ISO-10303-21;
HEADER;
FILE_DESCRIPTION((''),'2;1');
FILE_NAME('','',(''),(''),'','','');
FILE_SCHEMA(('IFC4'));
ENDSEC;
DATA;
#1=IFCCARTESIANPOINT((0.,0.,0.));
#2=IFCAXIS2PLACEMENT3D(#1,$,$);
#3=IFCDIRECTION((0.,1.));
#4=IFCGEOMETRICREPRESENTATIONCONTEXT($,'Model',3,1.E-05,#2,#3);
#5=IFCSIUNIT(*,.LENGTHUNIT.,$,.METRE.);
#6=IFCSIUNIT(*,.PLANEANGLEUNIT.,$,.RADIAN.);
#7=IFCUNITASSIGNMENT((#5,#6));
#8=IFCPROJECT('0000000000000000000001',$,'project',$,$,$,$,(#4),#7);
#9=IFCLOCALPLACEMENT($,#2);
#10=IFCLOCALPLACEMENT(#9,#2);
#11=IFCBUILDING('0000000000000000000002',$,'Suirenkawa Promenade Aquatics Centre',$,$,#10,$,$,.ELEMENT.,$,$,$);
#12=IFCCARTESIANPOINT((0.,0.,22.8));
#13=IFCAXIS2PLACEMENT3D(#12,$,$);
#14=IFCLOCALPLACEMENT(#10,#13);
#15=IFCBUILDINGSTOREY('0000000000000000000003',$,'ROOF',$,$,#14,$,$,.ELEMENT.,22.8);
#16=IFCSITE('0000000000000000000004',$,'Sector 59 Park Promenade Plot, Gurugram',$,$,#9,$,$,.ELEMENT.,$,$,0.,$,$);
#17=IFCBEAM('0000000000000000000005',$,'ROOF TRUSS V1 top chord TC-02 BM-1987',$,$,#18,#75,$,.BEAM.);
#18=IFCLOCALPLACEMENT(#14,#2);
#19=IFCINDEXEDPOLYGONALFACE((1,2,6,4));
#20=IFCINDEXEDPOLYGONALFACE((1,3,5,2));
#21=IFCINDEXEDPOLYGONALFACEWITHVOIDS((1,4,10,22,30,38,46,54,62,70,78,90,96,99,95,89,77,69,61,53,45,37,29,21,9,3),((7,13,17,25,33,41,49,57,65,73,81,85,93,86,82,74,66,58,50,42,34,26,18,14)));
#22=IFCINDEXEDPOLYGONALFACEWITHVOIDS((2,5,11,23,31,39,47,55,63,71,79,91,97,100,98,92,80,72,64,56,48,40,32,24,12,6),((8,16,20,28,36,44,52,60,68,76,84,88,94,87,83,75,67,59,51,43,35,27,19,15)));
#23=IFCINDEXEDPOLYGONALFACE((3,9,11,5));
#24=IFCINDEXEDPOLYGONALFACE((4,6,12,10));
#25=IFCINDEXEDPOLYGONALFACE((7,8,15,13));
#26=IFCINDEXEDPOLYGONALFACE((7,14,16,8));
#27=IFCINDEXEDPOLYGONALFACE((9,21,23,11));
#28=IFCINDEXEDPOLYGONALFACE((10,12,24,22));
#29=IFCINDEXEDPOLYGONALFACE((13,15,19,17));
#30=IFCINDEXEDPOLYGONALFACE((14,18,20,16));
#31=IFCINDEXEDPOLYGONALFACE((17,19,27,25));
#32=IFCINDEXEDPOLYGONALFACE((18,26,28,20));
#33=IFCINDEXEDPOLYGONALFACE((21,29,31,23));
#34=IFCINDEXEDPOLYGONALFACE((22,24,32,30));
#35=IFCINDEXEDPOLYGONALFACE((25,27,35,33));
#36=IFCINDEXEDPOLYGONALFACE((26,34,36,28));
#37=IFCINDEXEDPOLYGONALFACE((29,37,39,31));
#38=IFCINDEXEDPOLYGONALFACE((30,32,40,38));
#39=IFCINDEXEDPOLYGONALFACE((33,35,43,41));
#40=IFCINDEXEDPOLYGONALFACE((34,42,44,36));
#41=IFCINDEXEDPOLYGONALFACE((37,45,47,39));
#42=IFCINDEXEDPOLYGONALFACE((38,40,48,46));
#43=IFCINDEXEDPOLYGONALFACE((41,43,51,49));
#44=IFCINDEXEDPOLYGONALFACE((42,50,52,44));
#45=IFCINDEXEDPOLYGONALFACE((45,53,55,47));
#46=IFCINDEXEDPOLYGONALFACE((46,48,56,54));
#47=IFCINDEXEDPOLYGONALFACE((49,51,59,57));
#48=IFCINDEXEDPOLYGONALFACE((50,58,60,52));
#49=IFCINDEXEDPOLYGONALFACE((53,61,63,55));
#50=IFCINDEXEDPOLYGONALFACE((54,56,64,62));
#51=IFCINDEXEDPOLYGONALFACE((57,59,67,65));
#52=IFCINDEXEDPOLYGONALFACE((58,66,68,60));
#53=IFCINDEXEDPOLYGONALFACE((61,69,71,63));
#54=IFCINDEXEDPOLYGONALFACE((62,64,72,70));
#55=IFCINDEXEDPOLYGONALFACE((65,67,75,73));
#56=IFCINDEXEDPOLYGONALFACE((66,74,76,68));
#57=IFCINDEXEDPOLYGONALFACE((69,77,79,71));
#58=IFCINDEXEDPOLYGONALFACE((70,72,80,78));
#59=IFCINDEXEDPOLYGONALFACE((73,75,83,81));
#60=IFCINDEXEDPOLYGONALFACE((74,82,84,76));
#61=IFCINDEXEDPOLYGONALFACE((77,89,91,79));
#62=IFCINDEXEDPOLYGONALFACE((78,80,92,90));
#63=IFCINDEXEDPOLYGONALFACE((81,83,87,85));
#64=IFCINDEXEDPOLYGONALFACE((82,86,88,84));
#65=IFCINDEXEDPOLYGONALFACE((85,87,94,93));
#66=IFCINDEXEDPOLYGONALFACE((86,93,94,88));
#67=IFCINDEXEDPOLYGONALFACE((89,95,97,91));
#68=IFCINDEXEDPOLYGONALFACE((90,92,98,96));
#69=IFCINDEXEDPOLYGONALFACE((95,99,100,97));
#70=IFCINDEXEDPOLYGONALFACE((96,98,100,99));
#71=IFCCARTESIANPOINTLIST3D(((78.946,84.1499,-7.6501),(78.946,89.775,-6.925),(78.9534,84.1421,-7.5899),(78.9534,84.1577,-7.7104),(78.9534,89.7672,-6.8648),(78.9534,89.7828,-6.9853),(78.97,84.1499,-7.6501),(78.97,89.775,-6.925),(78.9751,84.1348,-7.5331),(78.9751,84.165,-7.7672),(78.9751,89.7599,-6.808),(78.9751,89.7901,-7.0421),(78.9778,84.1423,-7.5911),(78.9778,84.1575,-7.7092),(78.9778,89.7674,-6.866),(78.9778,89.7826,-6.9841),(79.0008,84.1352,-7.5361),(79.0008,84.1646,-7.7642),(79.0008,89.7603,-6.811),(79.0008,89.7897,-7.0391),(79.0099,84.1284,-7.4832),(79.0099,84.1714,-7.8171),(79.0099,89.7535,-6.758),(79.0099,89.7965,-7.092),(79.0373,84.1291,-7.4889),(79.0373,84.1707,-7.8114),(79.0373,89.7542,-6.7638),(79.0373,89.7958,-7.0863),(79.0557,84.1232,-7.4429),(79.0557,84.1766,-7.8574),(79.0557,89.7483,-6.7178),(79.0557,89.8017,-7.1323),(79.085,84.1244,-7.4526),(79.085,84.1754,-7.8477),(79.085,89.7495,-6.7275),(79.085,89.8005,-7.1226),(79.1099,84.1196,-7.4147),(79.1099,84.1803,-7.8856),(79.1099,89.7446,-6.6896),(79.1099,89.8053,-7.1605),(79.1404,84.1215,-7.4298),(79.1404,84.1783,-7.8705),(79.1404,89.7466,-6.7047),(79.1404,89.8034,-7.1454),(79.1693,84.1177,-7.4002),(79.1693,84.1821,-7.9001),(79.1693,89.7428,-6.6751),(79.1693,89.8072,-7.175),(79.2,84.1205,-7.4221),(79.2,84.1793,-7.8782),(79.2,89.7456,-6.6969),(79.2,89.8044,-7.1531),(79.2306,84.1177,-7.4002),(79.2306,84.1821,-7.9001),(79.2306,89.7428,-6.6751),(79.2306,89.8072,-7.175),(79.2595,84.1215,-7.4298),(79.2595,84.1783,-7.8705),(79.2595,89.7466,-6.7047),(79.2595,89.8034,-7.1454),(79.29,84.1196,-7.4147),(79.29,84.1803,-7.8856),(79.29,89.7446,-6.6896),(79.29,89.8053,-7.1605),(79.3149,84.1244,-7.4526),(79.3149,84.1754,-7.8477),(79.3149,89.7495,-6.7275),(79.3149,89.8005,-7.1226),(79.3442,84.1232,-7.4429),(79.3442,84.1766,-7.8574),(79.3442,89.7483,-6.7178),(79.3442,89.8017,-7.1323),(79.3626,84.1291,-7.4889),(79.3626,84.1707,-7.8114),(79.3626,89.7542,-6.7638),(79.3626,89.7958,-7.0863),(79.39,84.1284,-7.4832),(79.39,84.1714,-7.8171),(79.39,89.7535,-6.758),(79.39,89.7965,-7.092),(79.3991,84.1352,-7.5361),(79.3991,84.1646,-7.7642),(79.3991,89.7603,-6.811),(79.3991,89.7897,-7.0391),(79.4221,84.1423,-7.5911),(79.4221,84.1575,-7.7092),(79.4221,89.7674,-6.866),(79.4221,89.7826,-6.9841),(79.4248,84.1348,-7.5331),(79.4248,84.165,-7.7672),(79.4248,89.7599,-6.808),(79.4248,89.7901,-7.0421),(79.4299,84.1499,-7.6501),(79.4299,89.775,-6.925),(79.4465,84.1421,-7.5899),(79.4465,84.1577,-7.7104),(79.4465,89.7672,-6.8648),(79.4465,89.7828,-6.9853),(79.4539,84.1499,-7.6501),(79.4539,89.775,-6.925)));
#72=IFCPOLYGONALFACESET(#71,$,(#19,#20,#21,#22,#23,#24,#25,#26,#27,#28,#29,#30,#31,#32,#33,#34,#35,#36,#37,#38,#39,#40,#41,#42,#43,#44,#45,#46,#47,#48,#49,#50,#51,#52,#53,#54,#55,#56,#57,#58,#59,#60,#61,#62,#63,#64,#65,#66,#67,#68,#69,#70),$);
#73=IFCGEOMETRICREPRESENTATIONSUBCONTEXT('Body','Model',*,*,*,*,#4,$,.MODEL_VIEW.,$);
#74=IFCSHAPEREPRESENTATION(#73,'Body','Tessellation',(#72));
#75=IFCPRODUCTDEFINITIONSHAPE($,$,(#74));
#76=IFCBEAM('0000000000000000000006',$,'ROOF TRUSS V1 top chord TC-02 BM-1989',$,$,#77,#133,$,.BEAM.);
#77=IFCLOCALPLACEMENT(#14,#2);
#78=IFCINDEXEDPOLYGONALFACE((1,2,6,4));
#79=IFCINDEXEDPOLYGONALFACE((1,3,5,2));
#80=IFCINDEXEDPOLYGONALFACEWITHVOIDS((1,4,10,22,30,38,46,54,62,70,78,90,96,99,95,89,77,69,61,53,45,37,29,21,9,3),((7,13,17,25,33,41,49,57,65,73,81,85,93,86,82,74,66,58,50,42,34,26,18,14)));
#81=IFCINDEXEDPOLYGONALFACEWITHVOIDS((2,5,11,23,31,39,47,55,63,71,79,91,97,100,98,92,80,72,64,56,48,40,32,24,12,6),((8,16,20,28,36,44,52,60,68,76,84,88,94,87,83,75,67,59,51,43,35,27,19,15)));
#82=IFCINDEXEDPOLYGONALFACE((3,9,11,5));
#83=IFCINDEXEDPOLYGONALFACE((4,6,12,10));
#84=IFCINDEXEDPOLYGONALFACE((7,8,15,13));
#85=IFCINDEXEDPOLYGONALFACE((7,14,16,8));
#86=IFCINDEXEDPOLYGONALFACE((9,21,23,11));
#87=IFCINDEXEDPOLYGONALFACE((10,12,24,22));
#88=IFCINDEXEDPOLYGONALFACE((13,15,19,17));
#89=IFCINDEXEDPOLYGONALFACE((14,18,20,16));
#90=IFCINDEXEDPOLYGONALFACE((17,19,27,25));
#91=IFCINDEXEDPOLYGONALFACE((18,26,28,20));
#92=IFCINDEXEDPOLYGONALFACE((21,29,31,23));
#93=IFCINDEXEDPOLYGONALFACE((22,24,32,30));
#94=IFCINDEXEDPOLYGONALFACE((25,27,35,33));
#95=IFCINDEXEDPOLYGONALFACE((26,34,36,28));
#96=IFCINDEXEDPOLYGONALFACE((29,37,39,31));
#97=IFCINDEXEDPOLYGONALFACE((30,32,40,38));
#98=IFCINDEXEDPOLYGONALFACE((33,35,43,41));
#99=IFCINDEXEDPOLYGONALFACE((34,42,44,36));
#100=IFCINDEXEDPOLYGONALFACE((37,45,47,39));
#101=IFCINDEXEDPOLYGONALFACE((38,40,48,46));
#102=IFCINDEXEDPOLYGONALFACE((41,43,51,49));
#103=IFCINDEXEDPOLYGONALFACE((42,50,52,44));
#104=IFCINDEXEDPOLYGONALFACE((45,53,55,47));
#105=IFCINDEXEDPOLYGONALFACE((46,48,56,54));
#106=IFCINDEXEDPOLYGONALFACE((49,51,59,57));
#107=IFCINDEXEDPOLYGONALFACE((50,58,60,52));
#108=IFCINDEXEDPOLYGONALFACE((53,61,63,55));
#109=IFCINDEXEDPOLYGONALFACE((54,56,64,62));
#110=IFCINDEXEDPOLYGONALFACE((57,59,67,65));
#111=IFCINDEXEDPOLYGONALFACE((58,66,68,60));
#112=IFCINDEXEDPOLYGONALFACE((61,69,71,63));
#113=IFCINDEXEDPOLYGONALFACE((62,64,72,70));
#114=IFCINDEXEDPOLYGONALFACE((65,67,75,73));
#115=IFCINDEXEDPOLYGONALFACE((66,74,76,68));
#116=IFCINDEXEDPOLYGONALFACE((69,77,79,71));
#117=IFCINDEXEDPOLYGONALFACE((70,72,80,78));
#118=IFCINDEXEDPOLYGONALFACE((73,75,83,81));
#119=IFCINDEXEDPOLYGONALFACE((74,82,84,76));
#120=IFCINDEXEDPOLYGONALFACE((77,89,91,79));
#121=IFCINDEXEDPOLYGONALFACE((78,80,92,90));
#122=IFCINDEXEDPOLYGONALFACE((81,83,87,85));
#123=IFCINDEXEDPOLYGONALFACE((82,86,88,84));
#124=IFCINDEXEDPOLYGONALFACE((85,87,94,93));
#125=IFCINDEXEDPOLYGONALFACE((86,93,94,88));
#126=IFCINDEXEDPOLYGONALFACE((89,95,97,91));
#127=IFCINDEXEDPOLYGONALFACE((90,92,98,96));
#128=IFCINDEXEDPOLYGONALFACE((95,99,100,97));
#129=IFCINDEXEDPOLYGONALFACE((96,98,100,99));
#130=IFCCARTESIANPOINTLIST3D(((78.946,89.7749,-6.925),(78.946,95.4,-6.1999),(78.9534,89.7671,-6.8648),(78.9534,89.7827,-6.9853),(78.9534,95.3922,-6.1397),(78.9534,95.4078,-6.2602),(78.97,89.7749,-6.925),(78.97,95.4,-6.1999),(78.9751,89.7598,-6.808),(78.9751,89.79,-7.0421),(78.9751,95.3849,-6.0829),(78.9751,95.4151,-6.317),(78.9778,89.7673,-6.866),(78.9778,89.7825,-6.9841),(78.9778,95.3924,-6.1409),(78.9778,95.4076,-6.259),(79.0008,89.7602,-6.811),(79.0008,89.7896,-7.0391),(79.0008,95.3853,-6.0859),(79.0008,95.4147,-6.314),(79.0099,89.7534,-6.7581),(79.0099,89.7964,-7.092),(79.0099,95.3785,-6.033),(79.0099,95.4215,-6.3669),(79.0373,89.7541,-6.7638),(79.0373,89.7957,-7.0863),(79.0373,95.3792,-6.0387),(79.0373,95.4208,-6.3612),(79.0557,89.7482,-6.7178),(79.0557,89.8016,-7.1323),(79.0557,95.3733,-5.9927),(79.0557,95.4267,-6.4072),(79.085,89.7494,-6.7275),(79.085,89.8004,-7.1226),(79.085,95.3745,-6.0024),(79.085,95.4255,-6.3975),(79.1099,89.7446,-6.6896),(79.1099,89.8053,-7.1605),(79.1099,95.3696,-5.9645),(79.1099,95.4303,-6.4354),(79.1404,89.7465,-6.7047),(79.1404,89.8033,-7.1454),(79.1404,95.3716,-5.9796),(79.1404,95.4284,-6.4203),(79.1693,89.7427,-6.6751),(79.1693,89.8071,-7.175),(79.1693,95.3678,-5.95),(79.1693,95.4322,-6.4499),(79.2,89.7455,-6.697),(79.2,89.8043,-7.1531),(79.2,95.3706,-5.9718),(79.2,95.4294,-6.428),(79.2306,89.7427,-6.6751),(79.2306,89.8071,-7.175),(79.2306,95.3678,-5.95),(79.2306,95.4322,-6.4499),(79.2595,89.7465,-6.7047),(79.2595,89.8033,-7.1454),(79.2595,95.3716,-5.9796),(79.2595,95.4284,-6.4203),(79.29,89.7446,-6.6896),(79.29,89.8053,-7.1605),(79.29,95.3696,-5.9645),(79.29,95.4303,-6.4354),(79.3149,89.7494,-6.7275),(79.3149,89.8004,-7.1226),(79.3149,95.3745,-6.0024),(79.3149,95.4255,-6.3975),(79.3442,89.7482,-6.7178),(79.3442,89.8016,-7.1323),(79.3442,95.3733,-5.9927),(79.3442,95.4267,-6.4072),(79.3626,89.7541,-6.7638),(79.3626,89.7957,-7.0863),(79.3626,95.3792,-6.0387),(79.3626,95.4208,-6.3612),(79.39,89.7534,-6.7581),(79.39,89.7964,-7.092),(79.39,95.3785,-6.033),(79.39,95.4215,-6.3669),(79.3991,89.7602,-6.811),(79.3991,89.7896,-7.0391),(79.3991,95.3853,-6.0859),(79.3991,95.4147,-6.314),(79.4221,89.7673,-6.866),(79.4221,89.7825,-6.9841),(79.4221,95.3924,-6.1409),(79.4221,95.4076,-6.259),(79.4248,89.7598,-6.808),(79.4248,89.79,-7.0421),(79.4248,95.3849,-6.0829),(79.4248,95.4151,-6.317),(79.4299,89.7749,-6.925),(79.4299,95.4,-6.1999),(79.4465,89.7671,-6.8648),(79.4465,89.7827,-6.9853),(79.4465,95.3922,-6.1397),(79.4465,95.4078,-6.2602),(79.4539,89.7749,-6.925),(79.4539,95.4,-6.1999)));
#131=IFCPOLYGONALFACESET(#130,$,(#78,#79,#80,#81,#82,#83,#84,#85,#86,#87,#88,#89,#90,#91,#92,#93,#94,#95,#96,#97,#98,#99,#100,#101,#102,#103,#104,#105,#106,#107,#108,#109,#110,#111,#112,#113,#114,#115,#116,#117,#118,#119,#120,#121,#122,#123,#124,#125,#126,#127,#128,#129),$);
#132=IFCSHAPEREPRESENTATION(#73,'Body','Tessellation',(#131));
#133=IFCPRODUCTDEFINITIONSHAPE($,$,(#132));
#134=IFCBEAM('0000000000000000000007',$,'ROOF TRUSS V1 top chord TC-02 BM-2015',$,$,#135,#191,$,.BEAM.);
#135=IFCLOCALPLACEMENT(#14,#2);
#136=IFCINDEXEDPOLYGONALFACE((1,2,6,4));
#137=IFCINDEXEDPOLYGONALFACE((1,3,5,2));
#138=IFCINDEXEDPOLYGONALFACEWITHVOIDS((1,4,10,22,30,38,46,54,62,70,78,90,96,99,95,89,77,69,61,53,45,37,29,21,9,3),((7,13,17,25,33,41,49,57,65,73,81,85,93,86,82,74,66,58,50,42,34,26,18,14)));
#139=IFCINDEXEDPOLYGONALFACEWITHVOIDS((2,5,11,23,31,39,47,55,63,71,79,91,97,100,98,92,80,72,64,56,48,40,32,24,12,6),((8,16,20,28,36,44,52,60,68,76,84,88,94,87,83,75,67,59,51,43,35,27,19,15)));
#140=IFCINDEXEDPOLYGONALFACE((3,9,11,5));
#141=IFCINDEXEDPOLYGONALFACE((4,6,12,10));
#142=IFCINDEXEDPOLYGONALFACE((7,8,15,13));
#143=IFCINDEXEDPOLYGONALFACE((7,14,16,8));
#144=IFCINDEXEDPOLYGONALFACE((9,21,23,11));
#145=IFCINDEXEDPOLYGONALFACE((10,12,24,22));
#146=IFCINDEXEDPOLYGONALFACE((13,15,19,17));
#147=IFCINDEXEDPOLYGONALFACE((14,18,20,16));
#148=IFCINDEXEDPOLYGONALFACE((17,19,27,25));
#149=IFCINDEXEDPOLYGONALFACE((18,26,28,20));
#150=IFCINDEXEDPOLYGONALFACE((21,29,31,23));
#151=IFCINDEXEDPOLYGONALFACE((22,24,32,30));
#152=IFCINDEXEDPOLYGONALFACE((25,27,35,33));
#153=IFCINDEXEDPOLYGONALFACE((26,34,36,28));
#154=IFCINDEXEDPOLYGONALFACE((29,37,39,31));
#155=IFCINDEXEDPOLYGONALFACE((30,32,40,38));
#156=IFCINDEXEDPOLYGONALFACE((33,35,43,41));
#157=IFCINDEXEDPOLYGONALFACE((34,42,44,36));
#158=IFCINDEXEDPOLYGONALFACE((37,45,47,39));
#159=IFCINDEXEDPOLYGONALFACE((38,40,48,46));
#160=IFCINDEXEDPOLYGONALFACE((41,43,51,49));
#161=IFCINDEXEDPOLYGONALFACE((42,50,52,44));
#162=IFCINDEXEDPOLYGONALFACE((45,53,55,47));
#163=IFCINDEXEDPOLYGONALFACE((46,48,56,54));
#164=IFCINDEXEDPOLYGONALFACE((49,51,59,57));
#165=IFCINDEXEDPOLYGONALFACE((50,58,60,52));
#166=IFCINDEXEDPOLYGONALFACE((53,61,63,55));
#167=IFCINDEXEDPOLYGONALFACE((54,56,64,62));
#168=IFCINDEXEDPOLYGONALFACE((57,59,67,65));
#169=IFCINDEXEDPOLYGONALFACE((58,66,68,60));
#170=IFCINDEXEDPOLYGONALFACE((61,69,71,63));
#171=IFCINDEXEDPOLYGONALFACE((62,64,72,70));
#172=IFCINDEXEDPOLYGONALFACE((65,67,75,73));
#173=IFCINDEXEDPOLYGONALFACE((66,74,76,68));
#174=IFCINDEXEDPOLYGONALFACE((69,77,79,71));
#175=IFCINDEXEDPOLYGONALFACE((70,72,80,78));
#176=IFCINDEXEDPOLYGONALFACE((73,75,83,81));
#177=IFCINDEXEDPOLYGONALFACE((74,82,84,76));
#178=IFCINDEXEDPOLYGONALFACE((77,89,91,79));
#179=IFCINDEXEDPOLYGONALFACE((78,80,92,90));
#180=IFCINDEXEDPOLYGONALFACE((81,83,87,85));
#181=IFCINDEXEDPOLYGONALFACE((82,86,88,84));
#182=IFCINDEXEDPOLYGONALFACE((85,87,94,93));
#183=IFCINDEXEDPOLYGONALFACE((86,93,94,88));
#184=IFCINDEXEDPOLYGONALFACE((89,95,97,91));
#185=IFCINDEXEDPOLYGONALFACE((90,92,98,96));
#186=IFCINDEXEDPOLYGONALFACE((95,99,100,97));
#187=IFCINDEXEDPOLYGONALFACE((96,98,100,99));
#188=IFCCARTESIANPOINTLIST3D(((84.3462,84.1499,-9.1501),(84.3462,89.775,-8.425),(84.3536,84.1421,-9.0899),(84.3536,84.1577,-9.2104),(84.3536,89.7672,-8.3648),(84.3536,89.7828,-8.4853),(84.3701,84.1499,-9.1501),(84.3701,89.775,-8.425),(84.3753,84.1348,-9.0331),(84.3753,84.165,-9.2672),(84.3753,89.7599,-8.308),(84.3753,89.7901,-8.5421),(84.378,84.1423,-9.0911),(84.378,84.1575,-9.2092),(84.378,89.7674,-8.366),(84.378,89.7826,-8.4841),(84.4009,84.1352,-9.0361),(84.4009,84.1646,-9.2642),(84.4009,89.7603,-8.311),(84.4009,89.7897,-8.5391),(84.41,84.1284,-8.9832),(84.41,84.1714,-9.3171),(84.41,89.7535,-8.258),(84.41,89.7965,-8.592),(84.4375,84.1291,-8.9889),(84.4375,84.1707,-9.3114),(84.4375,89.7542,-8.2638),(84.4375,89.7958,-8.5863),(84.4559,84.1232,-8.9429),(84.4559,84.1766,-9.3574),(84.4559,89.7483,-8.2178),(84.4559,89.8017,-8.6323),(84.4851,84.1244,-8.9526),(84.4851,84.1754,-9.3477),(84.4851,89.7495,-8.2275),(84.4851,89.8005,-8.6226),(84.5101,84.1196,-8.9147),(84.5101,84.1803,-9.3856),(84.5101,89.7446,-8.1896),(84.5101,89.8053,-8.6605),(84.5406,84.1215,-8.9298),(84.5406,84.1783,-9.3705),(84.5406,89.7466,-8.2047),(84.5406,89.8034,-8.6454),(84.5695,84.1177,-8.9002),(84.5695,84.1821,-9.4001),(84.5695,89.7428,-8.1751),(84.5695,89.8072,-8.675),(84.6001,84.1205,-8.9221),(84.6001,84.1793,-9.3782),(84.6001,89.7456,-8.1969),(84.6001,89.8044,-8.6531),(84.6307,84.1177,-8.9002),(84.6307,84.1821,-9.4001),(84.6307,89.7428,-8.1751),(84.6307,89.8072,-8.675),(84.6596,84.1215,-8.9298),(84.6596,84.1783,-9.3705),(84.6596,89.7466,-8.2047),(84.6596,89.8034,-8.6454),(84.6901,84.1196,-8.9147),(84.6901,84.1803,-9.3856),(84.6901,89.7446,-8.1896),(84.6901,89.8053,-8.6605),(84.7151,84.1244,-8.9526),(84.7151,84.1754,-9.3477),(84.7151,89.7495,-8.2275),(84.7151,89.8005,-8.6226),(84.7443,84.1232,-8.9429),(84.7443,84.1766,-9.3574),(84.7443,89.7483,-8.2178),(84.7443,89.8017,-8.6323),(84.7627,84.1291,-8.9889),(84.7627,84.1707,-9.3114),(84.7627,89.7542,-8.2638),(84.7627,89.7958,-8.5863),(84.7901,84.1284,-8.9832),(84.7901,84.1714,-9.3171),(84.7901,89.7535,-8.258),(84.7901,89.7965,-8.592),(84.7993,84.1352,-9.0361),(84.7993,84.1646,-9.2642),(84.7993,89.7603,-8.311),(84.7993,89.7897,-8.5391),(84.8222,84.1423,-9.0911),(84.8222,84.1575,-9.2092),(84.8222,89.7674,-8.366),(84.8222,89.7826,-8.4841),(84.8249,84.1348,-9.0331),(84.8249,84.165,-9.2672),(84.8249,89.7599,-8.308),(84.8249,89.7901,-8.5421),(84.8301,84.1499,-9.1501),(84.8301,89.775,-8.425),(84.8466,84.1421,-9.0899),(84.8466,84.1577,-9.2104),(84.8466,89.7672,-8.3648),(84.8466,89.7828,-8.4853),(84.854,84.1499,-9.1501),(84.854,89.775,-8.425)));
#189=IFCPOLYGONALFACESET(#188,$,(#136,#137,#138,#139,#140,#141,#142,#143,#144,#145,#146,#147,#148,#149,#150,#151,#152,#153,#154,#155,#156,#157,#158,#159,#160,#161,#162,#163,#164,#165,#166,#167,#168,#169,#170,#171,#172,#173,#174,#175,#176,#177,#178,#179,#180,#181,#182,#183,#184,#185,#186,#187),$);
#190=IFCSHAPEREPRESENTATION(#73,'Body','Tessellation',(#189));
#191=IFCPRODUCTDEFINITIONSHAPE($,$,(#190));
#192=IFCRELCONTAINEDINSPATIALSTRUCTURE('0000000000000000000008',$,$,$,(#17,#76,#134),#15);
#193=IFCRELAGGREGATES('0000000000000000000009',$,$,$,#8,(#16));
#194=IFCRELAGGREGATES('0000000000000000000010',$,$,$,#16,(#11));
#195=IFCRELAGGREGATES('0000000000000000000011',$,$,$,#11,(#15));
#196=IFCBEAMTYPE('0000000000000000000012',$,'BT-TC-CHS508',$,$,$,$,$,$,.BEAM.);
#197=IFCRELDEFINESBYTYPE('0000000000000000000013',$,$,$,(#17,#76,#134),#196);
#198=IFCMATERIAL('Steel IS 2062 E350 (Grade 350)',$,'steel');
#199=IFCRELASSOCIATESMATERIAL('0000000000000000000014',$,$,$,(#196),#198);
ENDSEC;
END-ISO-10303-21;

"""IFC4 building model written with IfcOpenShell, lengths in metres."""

from ifc_helpers import new_model, si_unit, direction, frame, origin, origin_2d, place, context, subcontext, project, spatial, hollow_circle, extrude, material, material_profile, profile_set, type_object, element, save


model = new_model("IFC4")

# Units and contexts
model_context = context("Model", 3, precision=1e-05, world=origin(), true_north=direction((0.0, 1.0)))
body_context = subcontext(model_context, "Body", "Model", "MODEL_VIEW")
ifc_project = project(units=[si_unit("LENGTHUNIT", "METRE"), si_unit("PLANEANGLEUNIT", "RADIAN")], contexts=[model_context])

# Site, building, storey
site_placement = place(None, origin())
site = spatial("IfcSite", under=ifc_project, at=site_placement, Name="Sector 59 Park Promenade Plot, Gurugram", CompositionType="ELEMENT", RefElevation=0.0)
building_placement = place(site_placement, origin())
building = spatial("IfcBuilding", under=site, at=building_placement, Name="Suirenkawa Promenade Aquatics Centre", CompositionType="ELEMENT")
storey_placement = place(building_placement, frame((0.0, 0.0, 22.8)))
storey = spatial("IfcBuildingStorey", under=building, at=storey_placement, Name="ROOF", CompositionType="ELEMENT", Elevation=22.8)

# Beams
ifc_material = material(Name="Steel IS 2062 E350 (Grade 350)", Category="steel")
ifc_material_profile_1 = material_profile(ifc_material, hollow_circle(Radius=0.2539, WallThickness=0.0239, at=origin_2d()), Name="CHS 508x24", Category="steel")
ifc_profile_set_1 = profile_set([ifc_material_profile_1], Name="Steel IS 2062 E350 (Grade 350)")
beam_type_1 = type_object("IfcBeamType", Name="BT-TC-CHS508", PredefinedType="BEAM", material=ifc_profile_set_1)
for number, where, z_axis, x_axis, name in (
    (1, (79.2, 84.1499, -7.6501), (0.0, 0.991794, 0.127848), (-1.0, 0.0, 0.0), "ROOF TRUSS V1 top chord TC-02 BM-1987"),
    (2, (79.2, 89.7749, -6.925), (0.0, 0.991794, 0.127848), (-1.0, 0.0, 0.0), "ROOF TRUSS V1 top chord TC-02 BM-1989"),
    (3, (84.6001, 84.1499, -9.1501), (0.0, 0.991794, 0.127848), (-1.0, 0.0, 0.0), "ROOF TRUSS V1 top chord TC-02 BM-2015"),
):
    element("IfcBeam", number, at=place(storey_placement, frame(where, z_axis=z_axis, x_axis=x_axis)), inside=storey, type_object=beam_type_1, Name=name, PredefinedType="BEAM", context=body_context, shape_type="SweptSolid", body=[
        extrude(hollow_circle(Radius=0.2539, WallThickness=0.0239, at=origin_2d()), origin(), (0.0, 0.0, 1.0), 5.6716),
    ])

save(model, "model.ifc")
